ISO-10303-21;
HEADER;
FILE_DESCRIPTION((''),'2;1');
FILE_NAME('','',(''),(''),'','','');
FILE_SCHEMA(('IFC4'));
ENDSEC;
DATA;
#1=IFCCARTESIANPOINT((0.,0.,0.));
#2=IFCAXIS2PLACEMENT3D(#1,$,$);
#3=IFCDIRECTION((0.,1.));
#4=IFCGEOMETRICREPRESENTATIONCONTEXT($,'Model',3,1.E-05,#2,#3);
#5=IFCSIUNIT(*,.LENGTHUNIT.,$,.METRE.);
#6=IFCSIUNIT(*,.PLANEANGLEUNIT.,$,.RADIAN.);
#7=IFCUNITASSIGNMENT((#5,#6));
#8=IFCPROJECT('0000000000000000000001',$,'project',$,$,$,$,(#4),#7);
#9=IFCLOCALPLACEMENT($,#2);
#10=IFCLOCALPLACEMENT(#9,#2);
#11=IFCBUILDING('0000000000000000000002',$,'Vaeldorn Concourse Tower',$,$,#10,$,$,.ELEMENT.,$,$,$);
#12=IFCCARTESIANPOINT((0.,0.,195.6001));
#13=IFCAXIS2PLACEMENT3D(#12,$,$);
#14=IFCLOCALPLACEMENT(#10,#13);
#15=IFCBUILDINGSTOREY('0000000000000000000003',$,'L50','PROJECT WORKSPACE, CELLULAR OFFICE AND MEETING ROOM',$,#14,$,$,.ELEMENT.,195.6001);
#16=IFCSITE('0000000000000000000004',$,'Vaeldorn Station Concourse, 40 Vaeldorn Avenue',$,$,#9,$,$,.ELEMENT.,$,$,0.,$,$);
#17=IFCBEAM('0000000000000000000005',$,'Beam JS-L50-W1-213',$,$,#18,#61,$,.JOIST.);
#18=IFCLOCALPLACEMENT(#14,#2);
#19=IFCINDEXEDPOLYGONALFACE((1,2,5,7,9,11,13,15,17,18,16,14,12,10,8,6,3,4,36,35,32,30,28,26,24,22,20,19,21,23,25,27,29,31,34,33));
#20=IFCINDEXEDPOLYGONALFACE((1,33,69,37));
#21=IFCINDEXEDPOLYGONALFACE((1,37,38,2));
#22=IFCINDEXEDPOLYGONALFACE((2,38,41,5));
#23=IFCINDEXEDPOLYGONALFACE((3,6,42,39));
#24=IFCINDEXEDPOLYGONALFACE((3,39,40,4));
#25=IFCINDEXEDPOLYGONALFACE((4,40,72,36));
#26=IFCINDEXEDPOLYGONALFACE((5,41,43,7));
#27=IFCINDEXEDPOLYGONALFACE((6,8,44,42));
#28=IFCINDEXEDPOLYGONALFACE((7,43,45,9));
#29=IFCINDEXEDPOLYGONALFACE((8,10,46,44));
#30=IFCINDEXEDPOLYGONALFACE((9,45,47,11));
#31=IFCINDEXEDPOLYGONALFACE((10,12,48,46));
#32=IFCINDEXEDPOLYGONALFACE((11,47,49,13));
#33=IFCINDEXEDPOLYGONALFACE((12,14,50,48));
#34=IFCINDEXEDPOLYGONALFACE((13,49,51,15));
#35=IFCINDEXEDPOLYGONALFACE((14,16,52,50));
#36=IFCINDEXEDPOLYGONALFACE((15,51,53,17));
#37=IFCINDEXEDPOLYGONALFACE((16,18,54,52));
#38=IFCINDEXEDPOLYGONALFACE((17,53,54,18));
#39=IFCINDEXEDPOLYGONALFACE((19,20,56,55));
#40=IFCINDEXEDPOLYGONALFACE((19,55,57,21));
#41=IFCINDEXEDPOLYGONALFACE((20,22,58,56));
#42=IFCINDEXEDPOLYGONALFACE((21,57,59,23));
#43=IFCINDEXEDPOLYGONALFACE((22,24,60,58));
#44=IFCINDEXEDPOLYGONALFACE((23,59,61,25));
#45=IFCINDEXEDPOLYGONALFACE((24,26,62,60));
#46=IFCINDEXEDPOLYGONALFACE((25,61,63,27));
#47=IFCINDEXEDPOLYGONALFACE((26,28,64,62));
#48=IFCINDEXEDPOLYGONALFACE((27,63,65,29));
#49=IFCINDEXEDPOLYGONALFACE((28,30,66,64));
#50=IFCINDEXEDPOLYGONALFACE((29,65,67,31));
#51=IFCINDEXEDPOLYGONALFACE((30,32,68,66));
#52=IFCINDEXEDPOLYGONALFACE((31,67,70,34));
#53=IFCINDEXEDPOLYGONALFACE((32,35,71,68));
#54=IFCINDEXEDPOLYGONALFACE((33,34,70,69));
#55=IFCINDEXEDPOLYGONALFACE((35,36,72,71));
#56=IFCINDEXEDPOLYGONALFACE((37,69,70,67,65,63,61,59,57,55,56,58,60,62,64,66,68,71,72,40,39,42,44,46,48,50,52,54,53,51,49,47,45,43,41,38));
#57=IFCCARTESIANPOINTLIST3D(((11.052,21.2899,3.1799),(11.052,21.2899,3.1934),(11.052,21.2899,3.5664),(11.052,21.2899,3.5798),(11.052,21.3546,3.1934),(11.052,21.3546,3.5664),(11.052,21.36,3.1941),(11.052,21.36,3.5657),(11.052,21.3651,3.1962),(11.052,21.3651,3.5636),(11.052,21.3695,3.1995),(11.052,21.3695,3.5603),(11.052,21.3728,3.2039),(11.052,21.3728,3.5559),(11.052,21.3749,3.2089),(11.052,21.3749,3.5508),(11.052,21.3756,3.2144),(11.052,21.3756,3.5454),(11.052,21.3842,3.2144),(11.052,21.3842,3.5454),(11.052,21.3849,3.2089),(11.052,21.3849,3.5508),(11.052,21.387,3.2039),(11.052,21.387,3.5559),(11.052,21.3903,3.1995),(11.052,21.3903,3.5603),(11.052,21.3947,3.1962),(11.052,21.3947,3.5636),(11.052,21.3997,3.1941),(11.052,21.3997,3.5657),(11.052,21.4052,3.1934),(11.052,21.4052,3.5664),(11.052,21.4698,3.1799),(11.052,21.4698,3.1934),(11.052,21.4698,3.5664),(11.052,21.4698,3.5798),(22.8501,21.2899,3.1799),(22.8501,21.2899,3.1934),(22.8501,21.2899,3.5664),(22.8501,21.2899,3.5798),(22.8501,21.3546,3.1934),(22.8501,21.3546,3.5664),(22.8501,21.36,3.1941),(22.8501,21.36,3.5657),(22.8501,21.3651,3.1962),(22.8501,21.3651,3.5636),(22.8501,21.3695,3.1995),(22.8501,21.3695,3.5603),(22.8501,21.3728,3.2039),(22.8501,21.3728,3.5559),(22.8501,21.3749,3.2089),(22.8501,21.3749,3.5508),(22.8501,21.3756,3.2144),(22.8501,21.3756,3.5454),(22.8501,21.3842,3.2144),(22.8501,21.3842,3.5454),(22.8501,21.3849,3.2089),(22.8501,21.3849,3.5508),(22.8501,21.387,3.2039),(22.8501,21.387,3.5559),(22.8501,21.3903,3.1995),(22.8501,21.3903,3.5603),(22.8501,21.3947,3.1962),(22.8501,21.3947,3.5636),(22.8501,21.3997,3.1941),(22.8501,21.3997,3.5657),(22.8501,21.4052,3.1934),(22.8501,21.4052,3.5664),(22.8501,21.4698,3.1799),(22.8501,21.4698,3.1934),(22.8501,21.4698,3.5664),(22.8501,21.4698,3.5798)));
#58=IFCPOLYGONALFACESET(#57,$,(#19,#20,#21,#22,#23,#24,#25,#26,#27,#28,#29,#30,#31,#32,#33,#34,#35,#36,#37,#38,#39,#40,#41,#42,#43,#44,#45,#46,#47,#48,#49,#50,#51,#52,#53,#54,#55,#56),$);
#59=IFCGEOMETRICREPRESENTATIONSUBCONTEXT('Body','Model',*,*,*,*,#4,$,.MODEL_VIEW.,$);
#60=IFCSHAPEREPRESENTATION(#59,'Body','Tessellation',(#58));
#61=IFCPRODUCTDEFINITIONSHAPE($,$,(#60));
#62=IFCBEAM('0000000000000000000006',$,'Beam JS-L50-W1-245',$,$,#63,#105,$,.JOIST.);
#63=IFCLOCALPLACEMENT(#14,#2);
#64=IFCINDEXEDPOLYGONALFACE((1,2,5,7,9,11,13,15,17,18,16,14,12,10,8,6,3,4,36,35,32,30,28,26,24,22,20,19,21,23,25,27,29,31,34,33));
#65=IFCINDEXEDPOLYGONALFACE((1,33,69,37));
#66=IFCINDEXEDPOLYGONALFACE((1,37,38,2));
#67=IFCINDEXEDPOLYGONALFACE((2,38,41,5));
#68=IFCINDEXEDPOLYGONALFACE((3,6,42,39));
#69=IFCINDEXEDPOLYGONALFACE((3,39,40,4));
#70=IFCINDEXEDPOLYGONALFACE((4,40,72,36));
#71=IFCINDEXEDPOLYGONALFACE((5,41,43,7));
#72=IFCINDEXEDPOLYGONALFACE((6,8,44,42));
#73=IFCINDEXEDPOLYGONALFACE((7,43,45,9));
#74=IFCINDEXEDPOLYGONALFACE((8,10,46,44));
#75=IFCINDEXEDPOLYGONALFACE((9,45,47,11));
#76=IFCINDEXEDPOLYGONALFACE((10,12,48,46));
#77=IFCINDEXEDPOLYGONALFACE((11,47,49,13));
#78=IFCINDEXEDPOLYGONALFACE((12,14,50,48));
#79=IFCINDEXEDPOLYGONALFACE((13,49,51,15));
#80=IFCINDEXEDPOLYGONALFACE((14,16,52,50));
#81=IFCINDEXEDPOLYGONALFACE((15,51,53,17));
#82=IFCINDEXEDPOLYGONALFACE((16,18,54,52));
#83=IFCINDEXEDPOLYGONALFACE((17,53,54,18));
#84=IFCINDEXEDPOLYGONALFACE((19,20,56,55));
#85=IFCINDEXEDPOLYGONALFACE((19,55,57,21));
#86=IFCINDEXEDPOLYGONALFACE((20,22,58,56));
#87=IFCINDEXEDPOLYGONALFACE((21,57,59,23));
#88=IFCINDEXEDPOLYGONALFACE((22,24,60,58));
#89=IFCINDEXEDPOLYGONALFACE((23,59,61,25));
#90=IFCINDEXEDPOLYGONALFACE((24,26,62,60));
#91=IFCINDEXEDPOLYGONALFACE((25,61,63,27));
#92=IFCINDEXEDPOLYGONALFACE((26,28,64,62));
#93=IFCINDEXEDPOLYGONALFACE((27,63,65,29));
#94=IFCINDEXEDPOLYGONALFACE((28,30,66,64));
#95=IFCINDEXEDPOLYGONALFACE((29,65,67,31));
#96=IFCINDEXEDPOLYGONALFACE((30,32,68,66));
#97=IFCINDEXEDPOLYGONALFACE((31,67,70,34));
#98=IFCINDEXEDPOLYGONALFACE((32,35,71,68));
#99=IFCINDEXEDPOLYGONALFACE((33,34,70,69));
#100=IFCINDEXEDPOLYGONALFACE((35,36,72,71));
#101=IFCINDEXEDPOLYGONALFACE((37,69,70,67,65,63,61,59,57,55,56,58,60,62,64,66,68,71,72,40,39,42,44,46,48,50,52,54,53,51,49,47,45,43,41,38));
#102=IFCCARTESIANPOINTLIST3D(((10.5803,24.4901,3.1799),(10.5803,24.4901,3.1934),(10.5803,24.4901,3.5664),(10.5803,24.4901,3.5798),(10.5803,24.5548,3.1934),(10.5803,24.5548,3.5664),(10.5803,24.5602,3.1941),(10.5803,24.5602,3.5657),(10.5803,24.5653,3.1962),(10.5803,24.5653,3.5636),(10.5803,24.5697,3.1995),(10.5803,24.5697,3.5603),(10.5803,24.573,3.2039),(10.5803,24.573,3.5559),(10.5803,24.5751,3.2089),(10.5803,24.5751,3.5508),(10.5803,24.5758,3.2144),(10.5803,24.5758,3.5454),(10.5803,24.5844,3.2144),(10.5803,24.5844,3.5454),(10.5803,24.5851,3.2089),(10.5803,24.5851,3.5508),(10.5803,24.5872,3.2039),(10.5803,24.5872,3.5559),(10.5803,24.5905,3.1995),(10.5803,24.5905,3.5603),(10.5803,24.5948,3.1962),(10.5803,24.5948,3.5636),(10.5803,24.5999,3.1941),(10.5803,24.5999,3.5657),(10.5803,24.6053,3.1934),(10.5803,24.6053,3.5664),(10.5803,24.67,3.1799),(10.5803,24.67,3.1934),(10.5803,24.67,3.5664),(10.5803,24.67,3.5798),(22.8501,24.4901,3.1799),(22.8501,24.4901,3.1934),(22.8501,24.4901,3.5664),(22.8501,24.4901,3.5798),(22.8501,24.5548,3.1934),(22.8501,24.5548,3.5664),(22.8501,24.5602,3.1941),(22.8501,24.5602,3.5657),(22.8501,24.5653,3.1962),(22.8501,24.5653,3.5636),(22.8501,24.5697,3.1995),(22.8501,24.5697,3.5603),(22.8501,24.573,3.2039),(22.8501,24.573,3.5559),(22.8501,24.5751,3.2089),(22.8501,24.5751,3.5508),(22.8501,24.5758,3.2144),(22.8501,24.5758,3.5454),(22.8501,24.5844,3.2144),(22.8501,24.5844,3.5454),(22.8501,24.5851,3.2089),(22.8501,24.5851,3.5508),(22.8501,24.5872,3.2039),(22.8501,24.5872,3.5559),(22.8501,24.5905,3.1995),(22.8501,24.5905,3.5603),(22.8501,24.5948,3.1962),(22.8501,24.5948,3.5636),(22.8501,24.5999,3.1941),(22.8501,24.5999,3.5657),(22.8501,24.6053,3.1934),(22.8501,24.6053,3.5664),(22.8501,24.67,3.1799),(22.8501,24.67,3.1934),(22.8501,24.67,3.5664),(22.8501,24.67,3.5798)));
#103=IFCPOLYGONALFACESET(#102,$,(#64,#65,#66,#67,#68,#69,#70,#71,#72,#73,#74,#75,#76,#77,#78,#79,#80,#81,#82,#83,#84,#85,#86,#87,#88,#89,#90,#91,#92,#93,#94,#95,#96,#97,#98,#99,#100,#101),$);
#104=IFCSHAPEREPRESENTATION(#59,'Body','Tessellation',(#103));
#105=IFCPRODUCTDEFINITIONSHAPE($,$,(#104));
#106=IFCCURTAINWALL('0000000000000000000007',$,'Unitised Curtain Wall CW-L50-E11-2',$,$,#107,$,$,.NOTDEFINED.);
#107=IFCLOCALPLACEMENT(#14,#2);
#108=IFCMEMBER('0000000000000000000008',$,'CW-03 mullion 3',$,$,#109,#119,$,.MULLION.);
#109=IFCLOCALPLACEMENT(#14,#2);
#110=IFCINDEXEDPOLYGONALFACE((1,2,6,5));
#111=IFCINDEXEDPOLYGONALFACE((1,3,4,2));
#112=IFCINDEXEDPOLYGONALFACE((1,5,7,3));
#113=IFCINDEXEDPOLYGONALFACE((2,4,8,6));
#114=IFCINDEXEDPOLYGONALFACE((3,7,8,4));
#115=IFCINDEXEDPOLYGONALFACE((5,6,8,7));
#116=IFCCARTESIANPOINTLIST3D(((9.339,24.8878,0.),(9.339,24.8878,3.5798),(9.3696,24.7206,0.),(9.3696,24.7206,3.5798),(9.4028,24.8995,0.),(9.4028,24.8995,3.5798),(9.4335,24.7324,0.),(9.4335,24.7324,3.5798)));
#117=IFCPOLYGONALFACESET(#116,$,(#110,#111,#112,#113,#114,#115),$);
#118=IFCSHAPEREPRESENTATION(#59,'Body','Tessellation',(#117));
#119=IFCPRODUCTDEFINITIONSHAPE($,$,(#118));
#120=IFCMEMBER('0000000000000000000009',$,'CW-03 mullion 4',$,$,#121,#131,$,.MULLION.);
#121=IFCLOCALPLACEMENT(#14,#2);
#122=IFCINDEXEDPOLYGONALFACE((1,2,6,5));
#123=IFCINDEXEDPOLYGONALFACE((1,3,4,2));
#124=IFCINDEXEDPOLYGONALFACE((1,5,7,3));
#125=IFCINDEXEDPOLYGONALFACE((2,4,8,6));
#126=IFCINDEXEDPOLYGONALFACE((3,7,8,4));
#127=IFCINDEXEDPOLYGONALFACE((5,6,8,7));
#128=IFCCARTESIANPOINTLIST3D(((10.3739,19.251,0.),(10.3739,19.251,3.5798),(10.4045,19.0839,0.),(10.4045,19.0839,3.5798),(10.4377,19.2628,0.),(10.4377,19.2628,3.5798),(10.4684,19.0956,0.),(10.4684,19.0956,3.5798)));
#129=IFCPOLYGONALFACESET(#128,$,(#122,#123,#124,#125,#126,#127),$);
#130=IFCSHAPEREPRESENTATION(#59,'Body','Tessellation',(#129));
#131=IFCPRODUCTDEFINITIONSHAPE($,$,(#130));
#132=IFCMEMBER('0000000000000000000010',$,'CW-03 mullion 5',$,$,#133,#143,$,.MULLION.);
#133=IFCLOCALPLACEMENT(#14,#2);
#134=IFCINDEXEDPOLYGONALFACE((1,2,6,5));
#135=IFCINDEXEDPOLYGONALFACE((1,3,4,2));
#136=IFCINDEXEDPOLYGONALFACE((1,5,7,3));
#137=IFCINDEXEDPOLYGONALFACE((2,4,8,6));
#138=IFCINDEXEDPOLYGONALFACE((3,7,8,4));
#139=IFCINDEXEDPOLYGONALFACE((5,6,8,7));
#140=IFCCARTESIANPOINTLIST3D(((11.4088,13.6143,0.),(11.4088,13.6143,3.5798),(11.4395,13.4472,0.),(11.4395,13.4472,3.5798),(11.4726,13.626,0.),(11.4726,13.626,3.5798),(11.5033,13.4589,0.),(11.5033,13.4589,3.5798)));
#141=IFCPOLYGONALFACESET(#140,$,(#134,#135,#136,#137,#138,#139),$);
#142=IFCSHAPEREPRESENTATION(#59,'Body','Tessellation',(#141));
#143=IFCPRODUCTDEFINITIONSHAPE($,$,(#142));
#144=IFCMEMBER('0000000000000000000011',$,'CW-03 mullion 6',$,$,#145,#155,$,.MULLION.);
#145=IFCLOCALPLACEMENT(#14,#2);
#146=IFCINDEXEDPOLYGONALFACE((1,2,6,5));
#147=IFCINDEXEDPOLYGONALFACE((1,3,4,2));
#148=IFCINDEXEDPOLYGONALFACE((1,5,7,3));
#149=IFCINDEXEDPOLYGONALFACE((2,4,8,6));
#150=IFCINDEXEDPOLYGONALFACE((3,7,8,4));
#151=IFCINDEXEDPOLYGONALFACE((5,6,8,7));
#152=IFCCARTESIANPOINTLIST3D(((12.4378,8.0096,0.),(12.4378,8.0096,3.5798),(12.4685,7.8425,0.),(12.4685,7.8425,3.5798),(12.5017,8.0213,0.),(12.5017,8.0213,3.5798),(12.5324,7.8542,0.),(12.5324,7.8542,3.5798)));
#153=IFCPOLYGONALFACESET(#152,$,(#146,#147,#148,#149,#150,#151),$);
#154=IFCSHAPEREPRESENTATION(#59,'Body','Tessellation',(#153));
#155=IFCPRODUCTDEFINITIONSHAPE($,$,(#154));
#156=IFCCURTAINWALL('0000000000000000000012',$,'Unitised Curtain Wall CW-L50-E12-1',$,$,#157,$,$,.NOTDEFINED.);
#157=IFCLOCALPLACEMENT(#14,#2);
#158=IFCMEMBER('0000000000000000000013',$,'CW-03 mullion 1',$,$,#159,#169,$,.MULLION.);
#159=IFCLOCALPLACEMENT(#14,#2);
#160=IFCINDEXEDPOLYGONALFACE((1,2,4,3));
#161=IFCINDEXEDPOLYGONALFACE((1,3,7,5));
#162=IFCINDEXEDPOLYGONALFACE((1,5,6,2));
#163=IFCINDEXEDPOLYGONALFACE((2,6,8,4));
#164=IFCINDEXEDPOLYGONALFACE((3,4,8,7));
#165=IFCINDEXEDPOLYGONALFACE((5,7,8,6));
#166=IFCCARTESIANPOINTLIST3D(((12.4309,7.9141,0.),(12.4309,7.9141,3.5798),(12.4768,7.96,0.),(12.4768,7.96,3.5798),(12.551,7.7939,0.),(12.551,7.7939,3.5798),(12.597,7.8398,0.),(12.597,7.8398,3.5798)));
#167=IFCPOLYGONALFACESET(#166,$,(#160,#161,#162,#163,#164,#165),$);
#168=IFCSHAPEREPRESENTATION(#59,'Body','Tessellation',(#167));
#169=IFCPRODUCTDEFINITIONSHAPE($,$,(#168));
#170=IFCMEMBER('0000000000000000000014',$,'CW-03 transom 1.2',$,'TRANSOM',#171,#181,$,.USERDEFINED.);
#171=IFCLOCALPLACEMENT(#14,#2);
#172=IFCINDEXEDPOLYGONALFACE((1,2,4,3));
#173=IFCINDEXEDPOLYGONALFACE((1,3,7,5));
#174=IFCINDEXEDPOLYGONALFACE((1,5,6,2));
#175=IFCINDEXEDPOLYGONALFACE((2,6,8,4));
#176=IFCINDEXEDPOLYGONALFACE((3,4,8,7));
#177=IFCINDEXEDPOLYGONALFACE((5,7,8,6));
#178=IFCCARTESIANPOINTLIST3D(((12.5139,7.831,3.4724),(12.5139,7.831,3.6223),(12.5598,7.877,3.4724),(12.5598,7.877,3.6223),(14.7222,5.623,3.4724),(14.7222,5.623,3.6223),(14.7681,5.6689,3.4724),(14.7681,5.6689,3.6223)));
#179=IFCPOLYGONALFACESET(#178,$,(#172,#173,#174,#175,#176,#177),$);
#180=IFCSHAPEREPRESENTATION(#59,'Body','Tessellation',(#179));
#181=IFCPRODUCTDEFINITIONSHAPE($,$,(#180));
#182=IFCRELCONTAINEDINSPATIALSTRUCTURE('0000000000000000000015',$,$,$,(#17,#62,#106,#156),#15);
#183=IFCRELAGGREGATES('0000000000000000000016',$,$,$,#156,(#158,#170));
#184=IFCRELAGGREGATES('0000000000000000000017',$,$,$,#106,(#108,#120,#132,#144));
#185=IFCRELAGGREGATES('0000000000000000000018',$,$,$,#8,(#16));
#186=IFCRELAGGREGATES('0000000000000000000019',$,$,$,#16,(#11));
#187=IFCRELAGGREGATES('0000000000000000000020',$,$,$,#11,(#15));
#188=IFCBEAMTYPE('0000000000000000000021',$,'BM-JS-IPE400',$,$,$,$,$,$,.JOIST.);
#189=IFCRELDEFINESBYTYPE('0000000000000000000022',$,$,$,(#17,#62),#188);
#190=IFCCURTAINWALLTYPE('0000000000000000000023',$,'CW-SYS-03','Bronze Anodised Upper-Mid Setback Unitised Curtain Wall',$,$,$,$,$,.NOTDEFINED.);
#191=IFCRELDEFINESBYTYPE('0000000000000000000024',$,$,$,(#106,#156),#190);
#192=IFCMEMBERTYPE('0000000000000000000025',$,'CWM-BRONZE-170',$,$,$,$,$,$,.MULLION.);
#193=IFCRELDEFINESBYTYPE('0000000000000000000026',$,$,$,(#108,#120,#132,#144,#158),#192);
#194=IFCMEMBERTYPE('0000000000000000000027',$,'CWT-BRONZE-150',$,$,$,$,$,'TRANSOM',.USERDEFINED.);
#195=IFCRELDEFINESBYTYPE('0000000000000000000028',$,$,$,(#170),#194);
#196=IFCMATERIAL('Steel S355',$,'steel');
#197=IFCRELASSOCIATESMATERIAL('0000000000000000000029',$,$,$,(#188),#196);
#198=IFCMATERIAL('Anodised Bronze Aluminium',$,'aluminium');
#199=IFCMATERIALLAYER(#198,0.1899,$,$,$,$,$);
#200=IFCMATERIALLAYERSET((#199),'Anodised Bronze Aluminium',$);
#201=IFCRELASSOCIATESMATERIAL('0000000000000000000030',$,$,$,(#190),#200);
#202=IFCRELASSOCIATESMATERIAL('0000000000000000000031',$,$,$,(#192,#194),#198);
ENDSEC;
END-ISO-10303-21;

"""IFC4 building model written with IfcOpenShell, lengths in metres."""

from ifc_helpers import new_model, si_unit, direction, frame, origin, origin_2d, place, context, subcontext, project, spatial, rectangle, i_section, extrude, source, transform, mapped, material, layer, layer_set, material_profile, profile_set, type_object, element, aggregate, save


model = new_model("IFC4")

# Units and contexts
model_context = context("Model", 3, precision=1e-05, world=origin(), true_north=direction((0.0, 1.0)))
body_context = subcontext(model_context, "Body", "Model", "MODEL_VIEW")
ifc_project = project(units=[si_unit("LENGTHUNIT", "METRE"), si_unit("PLANEANGLEUNIT", "RADIAN")], contexts=[model_context])

# Site, building, storey
site_placement = place(None, origin())
site = spatial("IfcSite", under=ifc_project, at=site_placement, Name="Vaeldorn Station Concourse, 40 Vaeldorn Avenue", CompositionType="ELEMENT", RefElevation=0.0)
building_placement = place(site_placement, origin())
building = spatial("IfcBuilding", under=site, at=building_placement, Name="Vaeldorn Concourse Tower", CompositionType="ELEMENT")
storey_placement = place(building_placement, frame((0.0, 0.0, 195.6001)))
storey = spatial("IfcBuildingStorey", under=building, at=storey_placement, Name="L50", Description="PROJECT WORKSPACE, CELLULAR OFFICE AND MEETING ROOM", CompositionType="ELEMENT", Elevation=195.6001)

# Shared definitions
ifc_material_1 = material(Name="Steel S355", Category="steel")

# Beams
ifc_material_profile_1 = material_profile(ifc_material_1, i_section(OverallWidth=0.1799, OverallDepth=0.3999, WebThickness=0.0085, FlangeThickness=0.0134, FilletRadius=0.021, at=origin_2d()), Name="IPE 400")
ifc_profile_set_1 = profile_set([ifc_material_profile_1], Name="Steel S355")
beam_type_1 = type_object("IfcBeamType", Name="BM-JS-IPE400", PredefinedType="JOIST", material=ifc_profile_set_1)
shared_shape_1 = source(origin(), body_context, "Body", "SweptSolid", [
    extrude(i_section(OverallWidth=0.1799, OverallDepth=0.3999, WebThickness=0.0085, FlangeThickness=0.0134, FilletRadius=0.021, at=origin_2d()), origin(), (0.0, 0.0, 1.0), 11.7981),
])
beam_1_placement = place(storey_placement, frame((11.052, 21.3799, 3.3799), z_axis=(1.0, 0.0, 0.0), x_axis=(0.0, 1.0, 0.0)))
element("IfcBeam", 1, at=beam_1_placement, inside=storey, type_object=beam_type_1, Name="Beam JS-L50-W1-213", PredefinedType="JOIST", context=body_context, shape_type="MappedRepresentation", body=[
    mapped(shared_shape_1, transform((0.0, 0.0, 0.0), scale=1.0)),
])
shared_shape_2 = source(origin(), body_context, "Body", "SweptSolid", [
    extrude(i_section(OverallWidth=0.1799, OverallDepth=0.3999, WebThickness=0.0085, FlangeThickness=0.0134, FilletRadius=0.021, at=origin_2d()), origin(), (0.0, 0.0, 1.0), 12.2698),
])
beam_2_placement = place(storey_placement, frame((10.5803, 24.5801, 3.3799), z_axis=(1.0, 0.0, 0.0), x_axis=(0.0, 1.0, 0.0)))
element("IfcBeam", 2, at=beam_2_placement, inside=storey, type_object=beam_type_1, Name="Beam JS-L50-W1-245", PredefinedType="JOIST", context=body_context, shape_type="MappedRepresentation", body=[
    mapped(shared_shape_2, transform((0.0, 0.0, 0.0), scale=1.0)),
])

# Curtain walls, members
ifc_material_2 = material(Name="Anodised Bronze Aluminium", Category="aluminium")
ifc_layer_1 = layer(ifc_material_2, 0.1899)
ifc_layer_set_1 = layer_set([ifc_layer_1], Name="Anodised Bronze Aluminium")
curtain_wall_type = type_object("IfcCurtainWallType", Name="CW-SYS-03", Description="Bronze Anodised Upper-Mid Setback Unitised Curtain Wall", PredefinedType="NOTDEFINED", material=ifc_layer_set_1)
curtain_wall_1_placement = place(storey_placement, origin())
curtain_wall_1 = element("IfcCurtainWall", 3, at=curtain_wall_1_placement, inside=storey, type_object=curtain_wall_type, Name="Unitised Curtain Wall CW-L50-E11-2", PredefinedType="NOTDEFINED")
ifc_material_profile_2 = material_profile(ifc_material_2, rectangle(XDim=0.0649, YDim=0.1699, at=origin_2d()), Name="CWM 65x170")
ifc_profile_set_2 = profile_set([ifc_material_profile_2], Name="Anodised Bronze Aluminium")
member_type_1 = type_object("IfcMemberType", Name="CWM-BRONZE-170", PredefinedType="MULLION", material=ifc_profile_set_2)
shared_shape_3 = source(origin(), body_context, "Body", "SweptSolid", [
    extrude(rectangle(XDim=0.0649, YDim=0.1699, at=origin_2d()), origin(), (0.0, 0.0, 1.0), 3.5798),
])
member_1_placement = place(storey_placement, frame((9.3862, 24.8101, 0.0), z_axis=(0.0, 0.0, 1.0), x_axis=(0.983559, 0.180585, 0.0)))
member_1 = element("IfcMember", 4, at=member_1_placement, type_object=member_type_1, Name="CW-03 mullion 3", PredefinedType="MULLION", context=body_context, shape_type="MappedRepresentation", body=[
    mapped(shared_shape_3, transform((0.0, 0.0, 0.0), scale=1.0)),
])
member_2_placement = place(storey_placement, frame((10.4211, 19.1733, 0.0), z_axis=(0.0, 0.0, 1.0), x_axis=(0.983559, 0.180585, 0.0)))
member_2 = element("IfcMember", 5, at=member_2_placement, type_object=member_type_1, Name="CW-03 mullion 4", PredefinedType="MULLION", context=body_context, shape_type="MappedRepresentation", body=[
    mapped(shared_shape_3, transform((0.0, 0.0, 0.0), scale=1.0)),
])
member_3_placement = place(storey_placement, frame((11.4561, 13.5366, 0.0), z_axis=(0.0, 0.0, 1.0), x_axis=(0.983559, 0.180585, 0.0)))
member_3 = element("IfcMember", 6, at=member_3_placement, type_object=member_type_1, Name="CW-03 mullion 5", PredefinedType="MULLION", context=body_context, shape_type="MappedRepresentation", body=[
    mapped(shared_shape_3, transform((0.0, 0.0, 0.0), scale=1.0)),
])
member_4_placement = place(storey_placement, frame((12.4851, 7.9319, 0.0), z_axis=(0.0, 0.0, 1.0), x_axis=(0.983559, 0.180585, 0.0)))
member_4 = element("IfcMember", 7, at=member_4_placement, type_object=member_type_1, Name="CW-03 mullion 6", PredefinedType="MULLION", context=body_context, shape_type="MappedRepresentation", body=[
    mapped(shared_shape_3, transform((0.0, 0.0, 0.0), scale=1.0)),
])
curtain_wall_2_placement = place(storey_placement, origin())
curtain_wall_2 = element("IfcCurtainWall", 8, at=curtain_wall_2_placement, inside=storey, type_object=curtain_wall_type, Name="Unitised Curtain Wall CW-L50-E12-1", PredefinedType="NOTDEFINED")
member_5_placement = place(storey_placement, frame((12.5139, 7.877, 0.0), z_axis=(0.0, 0.0, 1.0), x_axis=(0.707107, 0.707107, 0.0)))
member_5 = element("IfcMember", 9, at=member_5_placement, type_object=member_type_1, Name="CW-03 mullion 1", PredefinedType="MULLION", context=body_context, shape_type="MappedRepresentation", body=[
    mapped(shared_shape_3, transform((0.0, 0.0, 0.0), scale=1.0)),
])
ifc_material_profile_3 = material_profile(ifc_material_2, rectangle(XDim=0.0649, YDim=0.1499, at=origin_2d()), Name="CWT 65x150")
ifc_profile_set_3 = profile_set([ifc_material_profile_3], Name="Anodised Bronze Aluminium")
member_type_2 = type_object("IfcMemberType", Name="CWT-BRONZE-150", ElementType="TRANSOM", PredefinedType="USERDEFINED", material=ifc_profile_set_3)
shared_shape_4 = source(origin(), body_context, "Body", "SweptSolid", [
    extrude(rectangle(XDim=0.0649, YDim=0.1499, at=origin_2d()), origin(), (0.0, 0.0, 1.0), 3.1228),
])
member_6_placement = place(storey_placement, frame((12.5369, 7.854, 3.5474), z_axis=(0.707146, -0.707068, 0.0), x_axis=(0.707068, 0.707146, 0.0)))
member_6 = element("IfcMember", 10, at=member_6_placement, type_object=member_type_2, Name="CW-03 transom 1.2", ObjectType="TRANSOM", PredefinedType="USERDEFINED", context=body_context, shape_type="MappedRepresentation", body=[
    mapped(shared_shape_4, transform((0.0, 0.0, 0.0), scale=1.0)),
])
aggregate(curtain_wall_2, [member_5, member_6])

aggregate(curtain_wall_1, [member_1, member_2, member_3, member_4])

save(model, "model.ifc")
